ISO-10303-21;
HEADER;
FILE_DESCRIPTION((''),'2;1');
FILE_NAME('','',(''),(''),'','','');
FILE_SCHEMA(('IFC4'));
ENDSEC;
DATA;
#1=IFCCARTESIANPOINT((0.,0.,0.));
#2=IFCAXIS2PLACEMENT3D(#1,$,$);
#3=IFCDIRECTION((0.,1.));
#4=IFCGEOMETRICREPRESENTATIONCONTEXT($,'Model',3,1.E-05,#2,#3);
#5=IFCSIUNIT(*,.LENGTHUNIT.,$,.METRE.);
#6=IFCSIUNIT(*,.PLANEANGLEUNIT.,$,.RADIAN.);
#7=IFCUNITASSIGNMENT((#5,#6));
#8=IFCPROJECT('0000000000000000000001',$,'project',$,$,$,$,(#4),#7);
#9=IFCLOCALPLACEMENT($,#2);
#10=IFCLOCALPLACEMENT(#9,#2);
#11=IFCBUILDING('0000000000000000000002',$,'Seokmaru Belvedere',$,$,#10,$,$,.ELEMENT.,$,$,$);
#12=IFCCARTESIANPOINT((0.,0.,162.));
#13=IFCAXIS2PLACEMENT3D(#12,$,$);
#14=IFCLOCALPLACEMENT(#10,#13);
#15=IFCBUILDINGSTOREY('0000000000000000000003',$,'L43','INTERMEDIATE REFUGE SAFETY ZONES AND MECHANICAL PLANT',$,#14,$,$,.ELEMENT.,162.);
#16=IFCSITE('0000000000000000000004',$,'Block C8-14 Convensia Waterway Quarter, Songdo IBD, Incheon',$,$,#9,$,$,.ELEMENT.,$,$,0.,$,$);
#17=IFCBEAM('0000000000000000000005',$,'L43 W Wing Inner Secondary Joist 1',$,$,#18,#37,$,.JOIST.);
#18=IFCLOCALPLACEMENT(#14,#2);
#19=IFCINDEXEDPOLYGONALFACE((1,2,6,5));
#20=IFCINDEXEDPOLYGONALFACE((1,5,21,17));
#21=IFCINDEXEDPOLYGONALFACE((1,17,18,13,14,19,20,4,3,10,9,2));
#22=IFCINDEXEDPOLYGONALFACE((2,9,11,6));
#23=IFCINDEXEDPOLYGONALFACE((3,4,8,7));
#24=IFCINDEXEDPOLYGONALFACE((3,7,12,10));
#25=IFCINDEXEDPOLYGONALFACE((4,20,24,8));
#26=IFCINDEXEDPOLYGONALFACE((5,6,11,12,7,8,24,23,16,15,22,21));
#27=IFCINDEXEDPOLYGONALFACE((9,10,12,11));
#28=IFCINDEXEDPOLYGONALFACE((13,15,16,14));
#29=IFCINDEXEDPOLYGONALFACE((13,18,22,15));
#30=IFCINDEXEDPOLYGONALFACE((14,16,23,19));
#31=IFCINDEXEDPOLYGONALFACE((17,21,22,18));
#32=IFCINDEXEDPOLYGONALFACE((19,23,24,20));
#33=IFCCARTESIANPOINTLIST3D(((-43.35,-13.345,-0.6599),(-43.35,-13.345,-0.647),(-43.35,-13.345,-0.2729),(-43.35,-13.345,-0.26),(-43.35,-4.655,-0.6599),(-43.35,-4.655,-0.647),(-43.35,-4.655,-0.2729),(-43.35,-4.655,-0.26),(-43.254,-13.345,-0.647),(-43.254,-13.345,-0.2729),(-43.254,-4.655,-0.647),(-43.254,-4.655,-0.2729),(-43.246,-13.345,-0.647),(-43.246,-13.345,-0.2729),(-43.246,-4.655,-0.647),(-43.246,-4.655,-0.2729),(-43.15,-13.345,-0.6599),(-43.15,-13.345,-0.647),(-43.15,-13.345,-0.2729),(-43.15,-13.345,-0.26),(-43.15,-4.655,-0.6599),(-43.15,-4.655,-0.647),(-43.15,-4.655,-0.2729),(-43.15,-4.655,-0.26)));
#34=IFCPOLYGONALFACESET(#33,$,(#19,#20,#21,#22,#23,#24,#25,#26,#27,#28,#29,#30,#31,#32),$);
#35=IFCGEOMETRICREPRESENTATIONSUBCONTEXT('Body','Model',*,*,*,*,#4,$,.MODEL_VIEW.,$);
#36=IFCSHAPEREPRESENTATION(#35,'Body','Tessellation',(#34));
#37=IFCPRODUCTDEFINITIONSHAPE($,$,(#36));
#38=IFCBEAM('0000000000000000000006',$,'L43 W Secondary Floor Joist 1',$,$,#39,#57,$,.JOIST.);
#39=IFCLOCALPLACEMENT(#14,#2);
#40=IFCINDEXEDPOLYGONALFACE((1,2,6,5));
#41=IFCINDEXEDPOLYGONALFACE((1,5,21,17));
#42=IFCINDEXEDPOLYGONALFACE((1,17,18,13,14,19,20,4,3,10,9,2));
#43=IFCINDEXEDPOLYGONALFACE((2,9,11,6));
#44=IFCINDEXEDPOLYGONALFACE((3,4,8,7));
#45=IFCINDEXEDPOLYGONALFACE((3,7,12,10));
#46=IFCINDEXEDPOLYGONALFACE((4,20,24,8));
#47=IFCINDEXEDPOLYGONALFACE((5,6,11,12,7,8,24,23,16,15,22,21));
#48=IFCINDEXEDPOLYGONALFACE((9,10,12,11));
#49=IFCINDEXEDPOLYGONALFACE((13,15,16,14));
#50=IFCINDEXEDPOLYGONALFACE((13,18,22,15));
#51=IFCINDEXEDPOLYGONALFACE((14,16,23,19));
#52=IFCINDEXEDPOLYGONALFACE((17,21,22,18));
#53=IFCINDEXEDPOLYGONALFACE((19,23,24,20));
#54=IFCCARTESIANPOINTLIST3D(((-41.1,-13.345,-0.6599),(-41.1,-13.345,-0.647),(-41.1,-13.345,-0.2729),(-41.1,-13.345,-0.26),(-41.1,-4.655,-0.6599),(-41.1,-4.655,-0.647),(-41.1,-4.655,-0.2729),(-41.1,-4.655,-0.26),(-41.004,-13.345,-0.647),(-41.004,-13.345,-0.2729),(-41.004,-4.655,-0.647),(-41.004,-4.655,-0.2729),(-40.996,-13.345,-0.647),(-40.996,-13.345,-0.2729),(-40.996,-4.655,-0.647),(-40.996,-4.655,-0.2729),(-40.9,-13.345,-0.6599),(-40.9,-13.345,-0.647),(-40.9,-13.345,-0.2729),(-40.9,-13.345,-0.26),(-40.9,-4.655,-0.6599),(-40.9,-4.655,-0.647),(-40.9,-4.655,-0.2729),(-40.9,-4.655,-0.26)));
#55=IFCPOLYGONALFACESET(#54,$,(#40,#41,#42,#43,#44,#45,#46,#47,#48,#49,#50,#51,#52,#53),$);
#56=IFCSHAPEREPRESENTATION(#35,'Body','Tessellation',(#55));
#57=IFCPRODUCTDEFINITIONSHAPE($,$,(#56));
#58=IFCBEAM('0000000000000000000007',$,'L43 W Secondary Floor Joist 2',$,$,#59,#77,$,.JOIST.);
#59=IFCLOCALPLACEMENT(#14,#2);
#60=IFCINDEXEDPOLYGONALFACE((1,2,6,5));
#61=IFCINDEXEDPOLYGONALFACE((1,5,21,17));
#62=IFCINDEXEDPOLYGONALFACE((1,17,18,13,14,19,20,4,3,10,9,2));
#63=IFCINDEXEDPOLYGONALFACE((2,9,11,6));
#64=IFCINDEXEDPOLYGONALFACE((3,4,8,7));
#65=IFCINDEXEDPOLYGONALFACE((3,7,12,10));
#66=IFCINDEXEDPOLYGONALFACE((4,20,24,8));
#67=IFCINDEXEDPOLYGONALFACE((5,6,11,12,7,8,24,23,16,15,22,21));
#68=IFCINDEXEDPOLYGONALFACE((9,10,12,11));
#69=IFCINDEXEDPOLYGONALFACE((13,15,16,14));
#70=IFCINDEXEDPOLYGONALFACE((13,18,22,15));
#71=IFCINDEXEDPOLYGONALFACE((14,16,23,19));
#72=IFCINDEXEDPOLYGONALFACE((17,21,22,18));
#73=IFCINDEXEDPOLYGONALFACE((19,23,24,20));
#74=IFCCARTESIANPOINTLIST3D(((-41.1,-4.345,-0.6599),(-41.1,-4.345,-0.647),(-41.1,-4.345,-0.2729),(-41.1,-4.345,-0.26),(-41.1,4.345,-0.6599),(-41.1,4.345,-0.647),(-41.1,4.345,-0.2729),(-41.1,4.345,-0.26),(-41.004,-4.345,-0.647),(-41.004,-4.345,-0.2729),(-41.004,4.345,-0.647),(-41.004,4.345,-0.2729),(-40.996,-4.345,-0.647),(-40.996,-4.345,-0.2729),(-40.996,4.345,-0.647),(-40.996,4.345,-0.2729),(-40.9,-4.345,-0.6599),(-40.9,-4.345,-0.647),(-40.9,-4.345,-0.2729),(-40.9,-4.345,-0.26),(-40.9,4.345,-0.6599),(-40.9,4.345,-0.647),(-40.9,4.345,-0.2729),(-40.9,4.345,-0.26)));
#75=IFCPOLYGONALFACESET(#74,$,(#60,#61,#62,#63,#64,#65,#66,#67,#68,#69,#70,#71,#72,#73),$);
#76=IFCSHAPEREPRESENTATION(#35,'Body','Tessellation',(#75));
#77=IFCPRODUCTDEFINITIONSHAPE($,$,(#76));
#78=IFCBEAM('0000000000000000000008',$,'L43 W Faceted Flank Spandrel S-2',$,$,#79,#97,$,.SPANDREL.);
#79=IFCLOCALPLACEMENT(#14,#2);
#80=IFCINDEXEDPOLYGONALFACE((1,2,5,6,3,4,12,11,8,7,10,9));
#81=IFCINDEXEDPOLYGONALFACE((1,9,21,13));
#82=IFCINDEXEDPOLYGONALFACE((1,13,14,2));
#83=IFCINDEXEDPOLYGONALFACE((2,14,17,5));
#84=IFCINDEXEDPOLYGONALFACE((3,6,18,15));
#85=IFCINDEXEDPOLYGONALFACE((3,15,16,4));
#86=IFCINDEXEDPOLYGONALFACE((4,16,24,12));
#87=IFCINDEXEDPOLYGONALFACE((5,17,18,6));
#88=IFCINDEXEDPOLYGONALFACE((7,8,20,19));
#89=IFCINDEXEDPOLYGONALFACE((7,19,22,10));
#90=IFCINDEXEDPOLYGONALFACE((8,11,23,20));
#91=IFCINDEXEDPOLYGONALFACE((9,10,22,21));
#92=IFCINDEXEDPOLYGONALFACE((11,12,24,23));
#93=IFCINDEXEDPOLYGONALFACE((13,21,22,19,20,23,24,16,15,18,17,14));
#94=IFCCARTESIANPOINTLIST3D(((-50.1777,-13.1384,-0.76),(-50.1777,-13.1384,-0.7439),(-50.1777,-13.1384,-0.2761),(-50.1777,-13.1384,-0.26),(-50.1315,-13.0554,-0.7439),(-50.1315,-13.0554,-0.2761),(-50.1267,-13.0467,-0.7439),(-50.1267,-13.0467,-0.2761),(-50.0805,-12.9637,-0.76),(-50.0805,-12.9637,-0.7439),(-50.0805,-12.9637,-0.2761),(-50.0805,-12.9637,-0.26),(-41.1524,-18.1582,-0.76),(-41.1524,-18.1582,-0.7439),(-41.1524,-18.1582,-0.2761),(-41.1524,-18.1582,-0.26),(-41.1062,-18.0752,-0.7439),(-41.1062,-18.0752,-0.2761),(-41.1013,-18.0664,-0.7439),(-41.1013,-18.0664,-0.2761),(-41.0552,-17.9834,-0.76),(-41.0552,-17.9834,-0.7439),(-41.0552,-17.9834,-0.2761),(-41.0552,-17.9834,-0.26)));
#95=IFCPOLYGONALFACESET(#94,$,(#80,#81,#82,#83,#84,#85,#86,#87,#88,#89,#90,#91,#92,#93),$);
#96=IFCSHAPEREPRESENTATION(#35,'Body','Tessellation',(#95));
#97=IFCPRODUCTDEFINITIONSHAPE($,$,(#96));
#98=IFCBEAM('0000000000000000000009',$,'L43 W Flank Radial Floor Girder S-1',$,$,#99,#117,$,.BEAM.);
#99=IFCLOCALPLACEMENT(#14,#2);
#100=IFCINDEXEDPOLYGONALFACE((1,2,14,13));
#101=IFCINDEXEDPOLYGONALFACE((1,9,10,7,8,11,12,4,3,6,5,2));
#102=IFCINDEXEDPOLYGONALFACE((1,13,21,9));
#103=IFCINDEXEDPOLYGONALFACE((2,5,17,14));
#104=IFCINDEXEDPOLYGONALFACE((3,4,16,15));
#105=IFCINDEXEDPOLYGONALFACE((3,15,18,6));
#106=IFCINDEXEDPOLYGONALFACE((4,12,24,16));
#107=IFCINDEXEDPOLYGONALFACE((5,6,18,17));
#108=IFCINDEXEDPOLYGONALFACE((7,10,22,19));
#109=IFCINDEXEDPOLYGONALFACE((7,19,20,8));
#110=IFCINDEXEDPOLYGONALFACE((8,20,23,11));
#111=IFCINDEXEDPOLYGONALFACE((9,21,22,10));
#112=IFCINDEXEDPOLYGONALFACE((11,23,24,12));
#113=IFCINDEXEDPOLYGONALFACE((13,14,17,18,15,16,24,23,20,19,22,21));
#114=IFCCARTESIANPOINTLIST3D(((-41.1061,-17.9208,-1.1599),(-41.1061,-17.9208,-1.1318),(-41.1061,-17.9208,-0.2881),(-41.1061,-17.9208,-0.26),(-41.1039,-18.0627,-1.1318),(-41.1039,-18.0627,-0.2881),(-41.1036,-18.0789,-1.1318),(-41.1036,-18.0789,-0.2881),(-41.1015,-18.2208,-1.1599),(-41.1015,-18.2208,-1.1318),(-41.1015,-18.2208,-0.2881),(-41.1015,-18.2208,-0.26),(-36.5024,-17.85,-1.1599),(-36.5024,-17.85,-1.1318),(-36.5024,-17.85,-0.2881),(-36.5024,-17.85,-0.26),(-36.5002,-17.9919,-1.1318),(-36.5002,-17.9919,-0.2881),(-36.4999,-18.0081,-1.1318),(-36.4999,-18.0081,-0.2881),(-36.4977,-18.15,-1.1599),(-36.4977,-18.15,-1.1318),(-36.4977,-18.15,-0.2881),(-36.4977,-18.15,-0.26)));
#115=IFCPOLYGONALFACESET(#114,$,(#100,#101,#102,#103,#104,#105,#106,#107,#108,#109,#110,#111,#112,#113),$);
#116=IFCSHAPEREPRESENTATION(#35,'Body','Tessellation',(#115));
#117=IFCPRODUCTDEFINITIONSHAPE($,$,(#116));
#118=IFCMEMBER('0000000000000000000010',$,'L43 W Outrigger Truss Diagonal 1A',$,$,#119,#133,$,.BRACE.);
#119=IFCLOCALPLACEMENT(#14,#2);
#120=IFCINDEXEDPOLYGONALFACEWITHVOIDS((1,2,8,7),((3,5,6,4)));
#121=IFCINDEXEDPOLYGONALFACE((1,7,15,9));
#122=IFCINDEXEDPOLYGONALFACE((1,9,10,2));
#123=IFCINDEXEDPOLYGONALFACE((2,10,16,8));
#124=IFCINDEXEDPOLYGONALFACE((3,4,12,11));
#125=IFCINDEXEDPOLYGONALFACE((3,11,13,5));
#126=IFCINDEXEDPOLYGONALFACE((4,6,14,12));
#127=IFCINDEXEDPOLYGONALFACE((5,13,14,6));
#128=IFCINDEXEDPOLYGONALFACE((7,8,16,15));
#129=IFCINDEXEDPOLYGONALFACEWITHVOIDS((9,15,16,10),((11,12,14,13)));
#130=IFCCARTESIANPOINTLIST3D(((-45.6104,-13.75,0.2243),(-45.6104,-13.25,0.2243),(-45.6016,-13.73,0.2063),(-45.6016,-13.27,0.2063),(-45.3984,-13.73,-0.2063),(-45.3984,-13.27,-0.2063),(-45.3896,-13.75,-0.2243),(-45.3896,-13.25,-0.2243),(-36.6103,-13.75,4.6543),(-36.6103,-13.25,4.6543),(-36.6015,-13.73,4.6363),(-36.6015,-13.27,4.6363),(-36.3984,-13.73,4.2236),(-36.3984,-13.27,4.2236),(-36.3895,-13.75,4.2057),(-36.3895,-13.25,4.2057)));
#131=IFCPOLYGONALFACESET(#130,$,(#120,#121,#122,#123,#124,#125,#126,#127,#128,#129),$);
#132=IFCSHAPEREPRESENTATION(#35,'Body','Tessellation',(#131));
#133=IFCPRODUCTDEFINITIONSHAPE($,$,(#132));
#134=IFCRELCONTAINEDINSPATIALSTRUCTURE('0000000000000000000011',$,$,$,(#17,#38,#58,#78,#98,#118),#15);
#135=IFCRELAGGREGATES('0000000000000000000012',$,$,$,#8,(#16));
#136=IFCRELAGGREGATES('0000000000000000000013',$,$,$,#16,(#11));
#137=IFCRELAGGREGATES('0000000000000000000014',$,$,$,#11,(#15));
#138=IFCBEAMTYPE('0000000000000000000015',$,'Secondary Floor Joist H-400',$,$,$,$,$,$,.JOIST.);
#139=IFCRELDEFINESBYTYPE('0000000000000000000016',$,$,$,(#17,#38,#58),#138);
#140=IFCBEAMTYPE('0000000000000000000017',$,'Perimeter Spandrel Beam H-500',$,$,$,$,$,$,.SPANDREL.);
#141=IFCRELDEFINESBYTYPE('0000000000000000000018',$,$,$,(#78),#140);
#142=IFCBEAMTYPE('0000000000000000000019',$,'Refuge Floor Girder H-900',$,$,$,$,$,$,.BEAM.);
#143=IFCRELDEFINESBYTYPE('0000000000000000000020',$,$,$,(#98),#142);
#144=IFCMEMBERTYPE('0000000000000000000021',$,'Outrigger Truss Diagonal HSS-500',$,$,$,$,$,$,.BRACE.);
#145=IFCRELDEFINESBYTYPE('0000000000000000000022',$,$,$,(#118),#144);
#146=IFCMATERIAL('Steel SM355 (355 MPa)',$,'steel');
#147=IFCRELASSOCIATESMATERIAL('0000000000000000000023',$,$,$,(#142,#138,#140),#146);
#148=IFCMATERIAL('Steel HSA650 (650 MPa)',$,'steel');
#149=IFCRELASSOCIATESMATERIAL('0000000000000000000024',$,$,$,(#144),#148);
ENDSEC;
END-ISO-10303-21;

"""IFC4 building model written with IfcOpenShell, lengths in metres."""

from ifc_helpers import new_model, si_unit, direction, frame, origin, origin_2d, place, context, subcontext, project, spatial, hollow_rectangle, i_section, extrude, source, transform, mapped, material, material_profile, profile_set, type_object, type_shapes, element, save


model = new_model("IFC4")

# Units and contexts
model_context = context("Model", 3, precision=1e-05, world=origin(), true_north=direction((0.0, 1.0)))
body_context = subcontext(model_context, "Body", "Model", "MODEL_VIEW")
ifc_project = project(units=[si_unit("LENGTHUNIT", "METRE"), si_unit("PLANEANGLEUNIT", "RADIAN")], contexts=[model_context])

# Site, building, storey
site_placement = place(None, origin())
site = spatial("IfcSite", under=ifc_project, at=site_placement, Name="Block C8-14 Convensia Waterway Quarter, Songdo IBD, Incheon", CompositionType="ELEMENT", RefElevation=0.0)
building_placement = place(site_placement, origin())
building = spatial("IfcBuilding", under=site, at=building_placement, Name="Seokmaru Belvedere", CompositionType="ELEMENT")
storey_placement = place(building_placement, frame((0.0, 0.0, 162.0)))
storey = spatial("IfcBuildingStorey", under=building, at=storey_placement, Name="L43", Description="INTERMEDIATE REFUGE SAFETY ZONES AND MECHANICAL PLANT", CompositionType="ELEMENT", Elevation=162.0)

# Shared definitions
ifc_material_1 = material(Name="Steel SM355 (355 MPa)", Category="steel")

# Beams
ifc_material_profile_1 = material_profile(ifc_material_1, i_section(OverallWidth=0.3, OverallDepth=0.8999, WebThickness=0.0161, FlangeThickness=0.0281, at=origin_2d()), Name="H-900x300x16x28")
ifc_profile_set_1 = profile_set([ifc_material_profile_1], Name="Steel SM355 (355 MPa)")
beam_type_1 = type_object("IfcBeamType", Name="Refuge Floor Girder H-900", PredefinedType="BEAM", material=ifc_profile_set_1)
ifc_material_profile_2 = material_profile(ifc_material_1, i_section(OverallWidth=0.2, OverallDepth=0.3999, WebThickness=0.0081, FlangeThickness=0.0129, at=origin_2d()), Name="H-400x200x8x13")
ifc_profile_set_2 = profile_set([ifc_material_profile_2], Name="Steel SM355 (355 MPa)")
beam_type_2 = type_object("IfcBeamType", Name="Secondary Floor Joist H-400", PredefinedType="JOIST", material=ifc_profile_set_2)
shared_shape_1 = source(origin(), body_context, "Body", "SweptSolid", [
    extrude(i_section(OverallWidth=0.2, OverallDepth=0.3999, WebThickness=0.0081, FlangeThickness=0.0129, at=origin_2d()), origin(), (0.0, 0.0, 1.0), 8.6899),
])
type_shapes(beam_type_2, [shared_shape_1])
for number, where, z_axis, x_axis, name in (
    (1, (-43.25, -13.345, -0.46), (0.0, 1.0, 0.0), (-1.0, 0.0, 0.0), "L43 W Wing Inner Secondary Joist 1"),
    (2, (-41.0, -13.345, -0.46), (0.0, 1.0, 0.0), (-1.0, 0.0, 0.0), "L43 W Secondary Floor Joist 1"),
    (3, (-41.0, -4.345, -0.46), (0.0, 1.0, 0.0), (-1.0, 0.0, 0.0), "L43 W Secondary Floor Joist 2"),
):
    element("IfcBeam", number, at=place(storey_placement, frame(where, z_axis=z_axis, x_axis=x_axis)), inside=storey, type_object=beam_type_2, Name=name, PredefinedType="JOIST", context=body_context, shape_type="MappedRepresentation", body=[
        mapped(shared_shape_1, transform((0.0, 0.0, 0.0), scale=1.0)),
    ])
ifc_material_profile_3 = material_profile(ifc_material_1, i_section(OverallWidth=0.2, OverallDepth=0.5, WebThickness=0.01, FlangeThickness=0.0161, at=origin_2d()), Name="H-500x200x10x16")
ifc_profile_set_3 = profile_set([ifc_material_profile_3], Name="Steel SM355 (355 MPa)")
beam_type_3 = type_object("IfcBeamType", Name="Perimeter Spandrel Beam H-500", PredefinedType="SPANDREL", material=ifc_profile_set_3)
shared_shape_2 = source(origin(), body_context, "Body", "SweptSolid", [
    extrude(i_section(OverallWidth=0.2, OverallDepth=0.5, WebThickness=0.01, FlangeThickness=0.0161, at=origin_2d()), origin(), (0.0, 0.0, 1.0), 10.3274),
])
type_shapes(beam_type_3, [shared_shape_2])
beam_1_placement = place(storey_placement, frame((-41.1038, -18.0708, -0.51), z_axis=(-0.873924, 0.486062, 0.0), x_axis=(-0.486062, -0.873924, 0.0)))
element("IfcBeam", 4, at=beam_1_placement, inside=storey, type_object=beam_type_3, Name="L43 W Faceted Flank Spandrel S-2", PredefinedType="SPANDREL", context=body_context, shape_type="MappedRepresentation", body=[
    mapped(shared_shape_2, transform((0.0, 0.0, 0.0), scale=1.0)),
])
shared_shape_3 = source(origin(), body_context, "Body", "SweptSolid", [
    extrude(i_section(OverallWidth=0.3, OverallDepth=0.8999, WebThickness=0.0161, FlangeThickness=0.0281, at=origin_2d()), origin(), (0.0, 0.0, 1.0), 4.6042),
])
beam_2_placement = place(storey_placement, frame((-41.1038, -18.0708, -0.71), z_axis=(0.999882, 0.015377, 0.0), x_axis=(-0.015377, 0.999882, 0.0)))
element("IfcBeam", 5, at=beam_2_placement, inside=storey, type_object=beam_type_1, Name="L43 W Flank Radial Floor Girder S-1", PredefinedType="BEAM", context=body_context, shape_type="MappedRepresentation", body=[
    mapped(shared_shape_3, transform((0.0, 0.0, 0.0), scale=1.0)),
])

# Member
ifc_material_2 = material(Name="Steel HSA650 (650 MPa)", Category="steel")
ifc_material_profile_4 = material_profile(ifc_material_2, hollow_rectangle(XDim=0.5, YDim=0.5, WallThickness=0.02, at=origin_2d()), Name="HSS-500x500x20")
ifc_profile_set_4 = profile_set([ifc_material_profile_4], Name="Steel HSA650 (650 MPa)")
member_type_1 = type_object("IfcMemberType", Name="Outrigger Truss Diagonal HSS-500", PredefinedType="BRACE", material=ifc_profile_set_4)
shared_shape_4 = source(origin(), body_context, "Body", "SweptSolid", [
    extrude(hollow_rectangle(XDim=0.5, YDim=0.5, WallThickness=0.02, at=origin_2d()), origin(), (0.0, 0.0, 1.0), 10.0312),
])
type_shapes(member_type_1, [shared_shape_4])
member_1_placement = place(storey_placement, frame((-45.5, -13.5, 0.0), z_axis=(0.897204, 0.0, 0.441617), x_axis=(0.0, 1.0, 0.0)))
element("IfcMember", 6, at=member_1_placement, inside=storey, type_object=member_type_1, Name="L43 W Outrigger Truss Diagonal 1A", PredefinedType="BRACE", context=body_context, shape_type="MappedRepresentation", body=[
    mapped(shared_shape_4, transform((0.0, 0.0, 0.0), scale=1.0)),
])

save(model, "model.ifc")
